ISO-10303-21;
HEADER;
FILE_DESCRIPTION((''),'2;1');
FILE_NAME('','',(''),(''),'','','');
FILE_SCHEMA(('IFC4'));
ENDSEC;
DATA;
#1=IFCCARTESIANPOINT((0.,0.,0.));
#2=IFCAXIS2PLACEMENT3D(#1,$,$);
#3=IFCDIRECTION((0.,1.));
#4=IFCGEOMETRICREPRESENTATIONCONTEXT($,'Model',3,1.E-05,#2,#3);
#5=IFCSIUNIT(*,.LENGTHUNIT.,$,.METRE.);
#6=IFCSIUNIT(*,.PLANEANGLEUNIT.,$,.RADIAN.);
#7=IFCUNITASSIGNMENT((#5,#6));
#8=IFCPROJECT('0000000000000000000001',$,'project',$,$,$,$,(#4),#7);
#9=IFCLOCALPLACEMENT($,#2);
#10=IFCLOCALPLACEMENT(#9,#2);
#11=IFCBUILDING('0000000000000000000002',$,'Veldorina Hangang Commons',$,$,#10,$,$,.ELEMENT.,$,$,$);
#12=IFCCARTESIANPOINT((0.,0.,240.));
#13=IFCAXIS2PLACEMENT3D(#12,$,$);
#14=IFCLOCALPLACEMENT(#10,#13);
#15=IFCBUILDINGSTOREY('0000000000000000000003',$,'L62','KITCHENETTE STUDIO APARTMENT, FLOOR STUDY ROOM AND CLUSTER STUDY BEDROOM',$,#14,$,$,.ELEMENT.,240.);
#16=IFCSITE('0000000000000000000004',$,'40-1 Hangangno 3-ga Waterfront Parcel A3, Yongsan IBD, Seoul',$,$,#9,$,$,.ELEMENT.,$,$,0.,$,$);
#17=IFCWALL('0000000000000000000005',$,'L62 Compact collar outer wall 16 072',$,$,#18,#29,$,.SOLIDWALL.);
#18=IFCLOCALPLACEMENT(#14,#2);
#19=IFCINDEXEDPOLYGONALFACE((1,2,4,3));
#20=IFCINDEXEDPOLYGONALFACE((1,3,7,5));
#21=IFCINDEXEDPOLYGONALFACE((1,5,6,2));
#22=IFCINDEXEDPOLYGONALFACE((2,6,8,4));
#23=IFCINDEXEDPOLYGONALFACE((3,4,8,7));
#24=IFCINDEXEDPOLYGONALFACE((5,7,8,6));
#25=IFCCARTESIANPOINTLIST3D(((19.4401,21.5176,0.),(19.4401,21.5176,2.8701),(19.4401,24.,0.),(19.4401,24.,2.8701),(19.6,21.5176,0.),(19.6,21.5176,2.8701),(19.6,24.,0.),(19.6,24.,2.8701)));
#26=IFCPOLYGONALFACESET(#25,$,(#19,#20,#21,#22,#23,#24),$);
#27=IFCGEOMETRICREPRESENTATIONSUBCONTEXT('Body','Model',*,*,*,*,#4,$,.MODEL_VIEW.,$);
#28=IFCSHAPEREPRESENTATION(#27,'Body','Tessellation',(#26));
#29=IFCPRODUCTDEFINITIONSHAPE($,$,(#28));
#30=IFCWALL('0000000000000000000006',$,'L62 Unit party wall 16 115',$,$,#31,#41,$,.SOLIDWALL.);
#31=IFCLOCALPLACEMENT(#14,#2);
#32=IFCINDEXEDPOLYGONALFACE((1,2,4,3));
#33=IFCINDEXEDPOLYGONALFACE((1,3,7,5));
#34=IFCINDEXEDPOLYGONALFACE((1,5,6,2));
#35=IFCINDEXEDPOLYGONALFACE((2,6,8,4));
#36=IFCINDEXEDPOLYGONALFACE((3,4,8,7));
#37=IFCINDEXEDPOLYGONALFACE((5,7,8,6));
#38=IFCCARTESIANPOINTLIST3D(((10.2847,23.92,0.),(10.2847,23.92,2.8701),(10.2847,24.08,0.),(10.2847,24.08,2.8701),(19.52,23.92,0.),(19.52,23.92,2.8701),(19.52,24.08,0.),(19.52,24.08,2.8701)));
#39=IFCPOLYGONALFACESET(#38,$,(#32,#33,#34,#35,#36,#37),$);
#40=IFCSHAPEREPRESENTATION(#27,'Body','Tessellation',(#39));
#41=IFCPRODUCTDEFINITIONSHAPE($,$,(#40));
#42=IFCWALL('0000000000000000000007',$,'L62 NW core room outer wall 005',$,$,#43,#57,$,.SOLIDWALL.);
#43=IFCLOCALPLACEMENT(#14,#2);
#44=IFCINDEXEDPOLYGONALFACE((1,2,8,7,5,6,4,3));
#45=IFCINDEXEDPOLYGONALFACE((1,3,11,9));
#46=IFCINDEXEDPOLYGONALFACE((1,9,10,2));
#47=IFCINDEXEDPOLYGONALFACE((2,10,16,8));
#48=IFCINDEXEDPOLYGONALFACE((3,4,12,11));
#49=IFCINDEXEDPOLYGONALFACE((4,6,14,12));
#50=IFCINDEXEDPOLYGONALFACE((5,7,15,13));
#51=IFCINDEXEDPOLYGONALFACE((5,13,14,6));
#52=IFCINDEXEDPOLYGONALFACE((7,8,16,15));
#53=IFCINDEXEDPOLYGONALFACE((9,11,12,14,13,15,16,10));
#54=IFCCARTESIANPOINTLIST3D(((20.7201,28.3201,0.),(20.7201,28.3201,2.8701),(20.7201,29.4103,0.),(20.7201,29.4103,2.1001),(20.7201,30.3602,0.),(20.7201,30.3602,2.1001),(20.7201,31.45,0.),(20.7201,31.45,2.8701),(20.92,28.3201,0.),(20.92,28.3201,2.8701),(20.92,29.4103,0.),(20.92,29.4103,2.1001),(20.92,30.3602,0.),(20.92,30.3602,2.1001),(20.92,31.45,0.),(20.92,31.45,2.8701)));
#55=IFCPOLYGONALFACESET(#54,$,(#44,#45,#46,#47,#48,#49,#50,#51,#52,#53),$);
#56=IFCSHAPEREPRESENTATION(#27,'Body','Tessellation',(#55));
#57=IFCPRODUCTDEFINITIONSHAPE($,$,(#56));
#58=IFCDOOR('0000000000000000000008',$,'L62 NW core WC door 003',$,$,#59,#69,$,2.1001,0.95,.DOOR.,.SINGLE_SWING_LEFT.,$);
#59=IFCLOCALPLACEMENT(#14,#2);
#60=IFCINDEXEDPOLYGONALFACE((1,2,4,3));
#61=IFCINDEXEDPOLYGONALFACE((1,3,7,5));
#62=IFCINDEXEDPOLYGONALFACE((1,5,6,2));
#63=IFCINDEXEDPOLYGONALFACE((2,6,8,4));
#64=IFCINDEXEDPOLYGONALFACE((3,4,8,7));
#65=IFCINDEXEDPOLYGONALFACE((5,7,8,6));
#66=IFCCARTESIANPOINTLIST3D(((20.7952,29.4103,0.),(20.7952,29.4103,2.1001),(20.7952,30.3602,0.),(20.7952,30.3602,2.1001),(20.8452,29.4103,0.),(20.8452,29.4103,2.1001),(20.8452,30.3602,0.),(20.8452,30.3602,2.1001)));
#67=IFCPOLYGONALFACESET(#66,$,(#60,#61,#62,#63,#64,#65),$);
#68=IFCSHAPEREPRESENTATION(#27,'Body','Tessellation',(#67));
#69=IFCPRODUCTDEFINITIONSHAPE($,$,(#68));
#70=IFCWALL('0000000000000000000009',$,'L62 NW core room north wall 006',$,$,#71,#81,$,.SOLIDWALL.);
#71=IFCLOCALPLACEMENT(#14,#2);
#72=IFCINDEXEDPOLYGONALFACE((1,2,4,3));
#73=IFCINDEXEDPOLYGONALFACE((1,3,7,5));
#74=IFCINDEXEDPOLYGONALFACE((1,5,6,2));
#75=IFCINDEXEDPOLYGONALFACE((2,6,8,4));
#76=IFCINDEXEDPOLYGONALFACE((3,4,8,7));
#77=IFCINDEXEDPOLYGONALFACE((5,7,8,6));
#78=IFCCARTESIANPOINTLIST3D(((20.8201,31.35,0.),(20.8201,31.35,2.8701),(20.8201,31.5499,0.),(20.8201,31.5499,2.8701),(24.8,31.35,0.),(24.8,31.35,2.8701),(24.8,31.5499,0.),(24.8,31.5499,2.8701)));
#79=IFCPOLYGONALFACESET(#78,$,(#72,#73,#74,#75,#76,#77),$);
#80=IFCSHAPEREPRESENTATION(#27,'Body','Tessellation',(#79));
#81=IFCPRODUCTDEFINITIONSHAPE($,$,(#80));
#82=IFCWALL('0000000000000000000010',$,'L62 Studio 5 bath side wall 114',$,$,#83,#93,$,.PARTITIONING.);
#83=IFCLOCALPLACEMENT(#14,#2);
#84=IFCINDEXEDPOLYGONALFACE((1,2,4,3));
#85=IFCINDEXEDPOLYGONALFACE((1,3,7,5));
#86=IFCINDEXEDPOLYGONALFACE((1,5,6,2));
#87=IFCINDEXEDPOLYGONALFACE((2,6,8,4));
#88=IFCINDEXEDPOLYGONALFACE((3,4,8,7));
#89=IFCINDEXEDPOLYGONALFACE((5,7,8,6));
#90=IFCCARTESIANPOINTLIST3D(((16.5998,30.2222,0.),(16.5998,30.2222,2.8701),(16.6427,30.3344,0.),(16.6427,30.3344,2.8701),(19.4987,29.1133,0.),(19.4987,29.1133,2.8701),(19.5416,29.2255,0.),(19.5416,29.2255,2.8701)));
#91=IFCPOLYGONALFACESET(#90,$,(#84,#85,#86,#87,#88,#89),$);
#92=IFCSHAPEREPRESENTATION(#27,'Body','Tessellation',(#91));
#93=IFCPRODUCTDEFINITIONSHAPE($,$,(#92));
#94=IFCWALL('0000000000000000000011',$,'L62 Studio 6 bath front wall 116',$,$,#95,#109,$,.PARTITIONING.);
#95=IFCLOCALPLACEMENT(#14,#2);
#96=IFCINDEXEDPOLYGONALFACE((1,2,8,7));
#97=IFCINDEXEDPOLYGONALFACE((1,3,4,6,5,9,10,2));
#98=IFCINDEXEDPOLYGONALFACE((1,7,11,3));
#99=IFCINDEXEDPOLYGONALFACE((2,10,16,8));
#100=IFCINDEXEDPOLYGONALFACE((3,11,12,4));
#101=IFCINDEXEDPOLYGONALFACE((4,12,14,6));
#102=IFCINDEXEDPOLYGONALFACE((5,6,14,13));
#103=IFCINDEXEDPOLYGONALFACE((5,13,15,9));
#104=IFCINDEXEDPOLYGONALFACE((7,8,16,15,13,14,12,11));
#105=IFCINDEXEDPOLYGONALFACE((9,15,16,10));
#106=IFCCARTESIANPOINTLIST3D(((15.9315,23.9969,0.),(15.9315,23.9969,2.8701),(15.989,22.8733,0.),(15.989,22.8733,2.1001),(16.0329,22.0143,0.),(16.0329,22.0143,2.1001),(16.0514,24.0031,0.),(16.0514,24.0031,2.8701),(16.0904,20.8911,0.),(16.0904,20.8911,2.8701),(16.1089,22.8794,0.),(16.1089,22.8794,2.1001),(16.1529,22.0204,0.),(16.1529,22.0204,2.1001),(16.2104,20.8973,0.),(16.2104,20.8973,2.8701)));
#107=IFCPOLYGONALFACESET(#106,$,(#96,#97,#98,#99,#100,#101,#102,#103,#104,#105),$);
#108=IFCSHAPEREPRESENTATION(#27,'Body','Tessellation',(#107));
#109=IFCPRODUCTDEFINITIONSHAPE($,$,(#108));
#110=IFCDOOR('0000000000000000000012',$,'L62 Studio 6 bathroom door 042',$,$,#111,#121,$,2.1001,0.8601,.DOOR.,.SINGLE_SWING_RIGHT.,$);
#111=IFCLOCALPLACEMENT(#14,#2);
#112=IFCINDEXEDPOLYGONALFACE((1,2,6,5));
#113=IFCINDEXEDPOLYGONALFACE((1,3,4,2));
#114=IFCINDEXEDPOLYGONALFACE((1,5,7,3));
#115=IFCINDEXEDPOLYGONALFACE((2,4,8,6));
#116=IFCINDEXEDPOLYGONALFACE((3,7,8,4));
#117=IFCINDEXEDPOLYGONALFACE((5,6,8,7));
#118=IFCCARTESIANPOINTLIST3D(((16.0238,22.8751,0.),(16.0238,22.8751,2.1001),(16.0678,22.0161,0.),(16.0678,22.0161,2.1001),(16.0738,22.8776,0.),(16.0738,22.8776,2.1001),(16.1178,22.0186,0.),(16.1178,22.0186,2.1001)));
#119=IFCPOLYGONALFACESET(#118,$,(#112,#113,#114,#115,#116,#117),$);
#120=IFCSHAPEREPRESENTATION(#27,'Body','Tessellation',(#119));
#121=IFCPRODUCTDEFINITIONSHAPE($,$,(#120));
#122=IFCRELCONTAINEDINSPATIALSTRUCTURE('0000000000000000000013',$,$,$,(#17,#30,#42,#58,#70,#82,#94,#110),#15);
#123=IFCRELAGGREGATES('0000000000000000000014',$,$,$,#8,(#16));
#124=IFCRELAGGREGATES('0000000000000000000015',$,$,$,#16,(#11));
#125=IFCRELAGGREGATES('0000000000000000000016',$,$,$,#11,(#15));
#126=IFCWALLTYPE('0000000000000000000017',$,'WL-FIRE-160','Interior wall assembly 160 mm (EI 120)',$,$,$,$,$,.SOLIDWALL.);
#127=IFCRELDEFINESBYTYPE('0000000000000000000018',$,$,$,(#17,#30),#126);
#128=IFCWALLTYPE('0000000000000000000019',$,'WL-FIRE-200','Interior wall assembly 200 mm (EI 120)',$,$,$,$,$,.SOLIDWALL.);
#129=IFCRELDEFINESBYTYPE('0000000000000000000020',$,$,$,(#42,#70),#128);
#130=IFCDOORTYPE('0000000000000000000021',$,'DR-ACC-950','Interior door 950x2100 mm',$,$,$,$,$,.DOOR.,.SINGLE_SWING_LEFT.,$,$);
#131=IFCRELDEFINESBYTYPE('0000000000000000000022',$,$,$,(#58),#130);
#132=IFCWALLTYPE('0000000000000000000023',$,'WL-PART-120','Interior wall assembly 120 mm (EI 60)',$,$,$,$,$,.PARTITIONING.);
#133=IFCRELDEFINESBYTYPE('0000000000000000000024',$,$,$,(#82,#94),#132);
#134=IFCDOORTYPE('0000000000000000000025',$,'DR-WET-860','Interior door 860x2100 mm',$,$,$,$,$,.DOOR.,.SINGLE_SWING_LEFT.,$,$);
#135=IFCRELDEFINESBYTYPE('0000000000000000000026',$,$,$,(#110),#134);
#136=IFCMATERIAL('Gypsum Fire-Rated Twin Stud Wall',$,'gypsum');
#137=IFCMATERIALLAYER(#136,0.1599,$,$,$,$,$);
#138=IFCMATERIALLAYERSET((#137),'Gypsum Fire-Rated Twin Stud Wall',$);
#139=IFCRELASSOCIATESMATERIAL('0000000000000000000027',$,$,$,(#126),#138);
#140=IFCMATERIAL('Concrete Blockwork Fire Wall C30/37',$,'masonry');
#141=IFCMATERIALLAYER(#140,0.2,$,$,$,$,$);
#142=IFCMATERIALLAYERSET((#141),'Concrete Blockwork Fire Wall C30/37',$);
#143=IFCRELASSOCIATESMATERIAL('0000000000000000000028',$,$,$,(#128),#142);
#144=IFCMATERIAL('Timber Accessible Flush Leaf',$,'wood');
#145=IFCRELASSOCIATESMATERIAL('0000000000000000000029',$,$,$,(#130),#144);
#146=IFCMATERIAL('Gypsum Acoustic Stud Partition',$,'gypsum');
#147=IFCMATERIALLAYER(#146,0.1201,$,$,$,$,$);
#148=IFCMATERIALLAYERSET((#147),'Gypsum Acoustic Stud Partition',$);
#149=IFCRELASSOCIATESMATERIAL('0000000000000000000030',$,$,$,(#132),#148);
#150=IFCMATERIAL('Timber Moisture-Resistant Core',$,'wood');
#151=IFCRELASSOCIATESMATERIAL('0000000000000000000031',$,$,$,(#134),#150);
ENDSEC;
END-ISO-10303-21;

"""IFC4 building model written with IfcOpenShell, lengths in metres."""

from ifc_helpers import new_model, si_unit, direction, frame, frame_2d, origin, place, context, subcontext, project, spatial, rectangle, extrude, material, layer, layer_set, type_object, element, fill, save


model = new_model("IFC4")

# Units and contexts
model_context = context("Model", 3, precision=1e-05, world=origin(), true_north=direction((0.0, 1.0)))
body_context = subcontext(model_context, "Body", "Model", "MODEL_VIEW")
ifc_project = project(units=[si_unit("LENGTHUNIT", "METRE"), si_unit("PLANEANGLEUNIT", "RADIAN")], contexts=[model_context])

# Site, building, storey
site_placement = place(None, origin())
site = spatial("IfcSite", under=ifc_project, at=site_placement, Name="40-1 Hangangno 3-ga Waterfront Parcel A3, Yongsan IBD, Seoul", CompositionType="ELEMENT", RefElevation=0.0)
building_placement = place(site_placement, origin())
building = spatial("IfcBuilding", under=site, at=building_placement, Name="Veldorina Hangang Commons", CompositionType="ELEMENT")
storey_placement = place(building_placement, frame((0.0, 0.0, 240.0)))
storey = spatial("IfcBuildingStorey", under=building, at=storey_placement, Name="L62", Description="KITCHENETTE STUDIO APARTMENT, FLOOR STUDY ROOM AND CLUSTER STUDY BEDROOM", CompositionType="ELEMENT", Elevation=240.0)

# Shared definitions
ifc_material_1 = material(Name="Gypsum Fire-Rated Twin Stud Wall", Category="gypsum")
ifc_layer_1 = layer(ifc_material_1, 0.1599)
ifc_layer_set_1 = layer_set([ifc_layer_1], Name="Gypsum Fire-Rated Twin Stud Wall")
wall_type_1 = type_object("IfcWallType", Name="WL-FIRE-160", Description="Interior wall assembly 160 mm (EI 120)", PredefinedType="SOLIDWALL", material=ifc_layer_set_1)

# Walls
for number, where, z_axis, x_axis, name in (
    (1, (19.52, 24.0, 0.0), (0.0, 0.0, 1.0), (0.0, -1.0, 0.0), "L62 Compact collar outer wall 16 072"),
):
    element("IfcWall", number, at=place(storey_placement, frame(where, z_axis=z_axis, x_axis=x_axis)), inside=storey, type_object=wall_type_1, Name=name, PredefinedType="SOLIDWALL", context=body_context, shape_type="SweptSolid", body=[
        extrude(rectangle(XDim=2.4824, YDim=0.1599, at=frame_2d((1.2412, 0.0))), origin(), (0.0, 0.0, 1.0), 2.8701),
    ])
wall_1_placement = place(storey_placement, frame((19.52, 24.0, 0.0), z_axis=(0.0, 0.0, 1.0), x_axis=(-1.0, 0.0, 0.0)))
element("IfcWall", 2, at=wall_1_placement, inside=storey, type_object=wall_type_1, Name="L62 Unit party wall 16 115", PredefinedType="SOLIDWALL", context=body_context, shape_type="SweptSolid", body=[
    extrude(rectangle(XDim=9.2354, YDim=0.1599, at=frame_2d((4.6177, 0.0))), origin(), (0.0, 0.0, 1.0), 2.8701),
])

# Wall, opening, door
ifc_material_2 = material(Name="Concrete Blockwork Fire Wall C30/37", Category="masonry")
ifc_layer_2 = layer(ifc_material_2, 0.2)
ifc_layer_set_2 = layer_set([ifc_layer_2], Name="Concrete Blockwork Fire Wall C30/37")
wall_type_2 = type_object("IfcWallType", Name="WL-FIRE-200", Description="Interior wall assembly 200 mm (EI 120)", PredefinedType="SOLIDWALL", material=ifc_layer_set_2)
wall_2_placement = place(storey_placement, frame((20.8201, 28.3201, 0.0), z_axis=(0.0, 0.0, 1.0), x_axis=(0.0, 1.0, 0.0)))
wall_2 = element("IfcWall", 3, at=wall_2_placement, inside=storey, type_object=wall_type_2, Name="L62 NW core room outer wall 005", PredefinedType="SOLIDWALL", context=body_context, shape_type="SweptSolid", body=[
    extrude(rectangle(XDim=3.1299, YDim=0.2, at=frame_2d((1.5649, 0.0))), origin(), (0.0, 0.0, 1.0), 2.8701),
])
opening_1_placement = place(wall_2_placement, frame((1.0901, 0.0, 0.0)))
opening_1 = element("IfcOpeningElement", 4, at=opening_1_placement, cuts=wall_2, PredefinedType="OPENING", context=body_context, shape_type="SweptSolid", body=[
    extrude(rectangle(XDim=0.95, YDim=2.1001, at=frame_2d((0.4751, 1.05))), frame((0.0, 0.1099, 0.0), z_axis=(0.0, -1.0, 0.0), x_axis=(1.0, 0.0, 0.0)), (0.0, 0.0, 1.0), 0.22),
])
ifc_material_3 = material(Name="Timber Accessible Flush Leaf", Category="wood")
door_type_1 = type_object("IfcDoorType", Name="DR-ACC-950", Description="Interior door 950x2100 mm", OperationType="SINGLE_SWING_LEFT", PredefinedType="DOOR", material=ifc_material_3)
door_1_placement = place(opening_1_placement, origin())
door_1 = element("IfcDoor", 5, at=door_1_placement, inside=storey, type_object=door_type_1, Name="L62 NW core WC door 003", OperationType="SINGLE_SWING_LEFT", OverallHeight=2.1001, OverallWidth=0.95, PredefinedType="DOOR", context=body_context, shape_type="SweptSolid", body=[
    extrude(rectangle(XDim=0.95, YDim=2.1001, at=frame_2d((0.4751, 1.05))), frame((0.0, 0.0249, 0.0), z_axis=(0.0, -1.0, 0.0), x_axis=(1.0, 0.0, 0.0)), (0.0, 0.0, 1.0), 0.05),
])
fill(opening_1, door_1)

# Walls
wall_3_placement = place(storey_placement, frame((20.8201, 31.45, 0.0), z_axis=(0.0, 0.0, 1.0), x_axis=(1.0, 0.0, 0.0)))
element("IfcWall", 6, at=wall_3_placement, inside=storey, type_object=wall_type_2, Name="L62 NW core room north wall 006", PredefinedType="SOLIDWALL", context=body_context, shape_type="SweptSolid", body=[
    extrude(rectangle(XDim=3.98, YDim=0.2, at=frame_2d((1.99, 0.0))), origin(), (0.0, 0.0, 1.0), 2.8701),
])
ifc_material_4 = material(Name="Gypsum Acoustic Stud Partition", Category="gypsum")
ifc_layer_3 = layer(ifc_material_4, 0.1201)
ifc_layer_set_3 = layer_set([ifc_layer_3], Name="Gypsum Acoustic Stud Partition")
wall_type_3 = type_object("IfcWallType", Name="WL-PART-120", Description="Interior wall assembly 120 mm (EI 60)", PredefinedType="PARTITIONING", material=ifc_layer_set_3)
wall_4_placement = place(storey_placement, frame((19.52, 29.1694, 0.0), z_axis=(0.0, 0.0, 1.0), x_axis=(-0.934001, 0.357271, 0.0)))
element("IfcWall", 7, at=wall_4_placement, inside=storey, type_object=wall_type_3, Name="L62 Studio 5 bath side wall 114", PredefinedType="PARTITIONING", context=body_context, shape_type="SweptSolid", body=[
    extrude(rectangle(XDim=3.1038, YDim=0.1201, at=frame_2d((1.5518, 0.0))), origin(), (0.0, 0.0, 1.0), 2.8701),
])

# Wall, opening, door
wall_5_placement = place(storey_placement, frame((15.9915, 24.0, 0.0), z_axis=(0.0, 0.0, 1.0), x_axis=(0.051108, -0.998693, 0.0)))
wall_5 = element("IfcWall", 8, at=wall_5_placement, inside=storey, type_object=wall_type_3, Name="L62 Studio 6 bath front wall 116", PredefinedType="PARTITIONING", context=body_context, shape_type="SweptSolid", body=[
    extrude(rectangle(XDim=3.1099, YDim=0.1201, at=frame_2d((1.5549, 0.0))), origin(), (0.0, 0.0, 1.0), 2.8701),
])
opening_2_placement = place(wall_5_placement, frame((1.125, 0.0, 0.0)))
opening_2 = element("IfcOpeningElement", 9, at=opening_2_placement, cuts=wall_5, PredefinedType="OPENING", context=body_context, shape_type="SweptSolid", body=[
    extrude(rectangle(XDim=0.8601, YDim=2.1001, at=frame_2d((0.4302, 1.05))), frame((0.0, 0.0701, 0.0), z_axis=(0.0, -1.0, 0.0), x_axis=(1.0, 0.0, 0.0)), (0.0, 0.0, 1.0), 0.1401),
])
ifc_material_5 = material(Name="Timber Moisture-Resistant Core", Category="wood")
door_type_2 = type_object("IfcDoorType", Name="DR-WET-860", Description="Interior door 860x2100 mm", OperationType="SINGLE_SWING_LEFT", PredefinedType="DOOR", material=ifc_material_5)
door_2_placement = place(opening_2_placement, origin())
door_2 = element("IfcDoor", 10, at=door_2_placement, inside=storey, type_object=door_type_2, Name="L62 Studio 6 bathroom door 042", OperationType="SINGLE_SWING_RIGHT", OverallHeight=2.1001, OverallWidth=0.8601, PredefinedType="DOOR", context=body_context, shape_type="SweptSolid", body=[
    extrude(rectangle(XDim=0.8601, YDim=2.1001, at=frame_2d((0.4302, 1.05))), frame((0.0, 0.0249, 0.0), z_axis=(0.0, -1.0, 0.0), x_axis=(1.0, 0.0, 0.0)), (0.0, 0.0, 1.0), 0.05),
])
fill(opening_2, door_2)

save(model, "model.ifc")
